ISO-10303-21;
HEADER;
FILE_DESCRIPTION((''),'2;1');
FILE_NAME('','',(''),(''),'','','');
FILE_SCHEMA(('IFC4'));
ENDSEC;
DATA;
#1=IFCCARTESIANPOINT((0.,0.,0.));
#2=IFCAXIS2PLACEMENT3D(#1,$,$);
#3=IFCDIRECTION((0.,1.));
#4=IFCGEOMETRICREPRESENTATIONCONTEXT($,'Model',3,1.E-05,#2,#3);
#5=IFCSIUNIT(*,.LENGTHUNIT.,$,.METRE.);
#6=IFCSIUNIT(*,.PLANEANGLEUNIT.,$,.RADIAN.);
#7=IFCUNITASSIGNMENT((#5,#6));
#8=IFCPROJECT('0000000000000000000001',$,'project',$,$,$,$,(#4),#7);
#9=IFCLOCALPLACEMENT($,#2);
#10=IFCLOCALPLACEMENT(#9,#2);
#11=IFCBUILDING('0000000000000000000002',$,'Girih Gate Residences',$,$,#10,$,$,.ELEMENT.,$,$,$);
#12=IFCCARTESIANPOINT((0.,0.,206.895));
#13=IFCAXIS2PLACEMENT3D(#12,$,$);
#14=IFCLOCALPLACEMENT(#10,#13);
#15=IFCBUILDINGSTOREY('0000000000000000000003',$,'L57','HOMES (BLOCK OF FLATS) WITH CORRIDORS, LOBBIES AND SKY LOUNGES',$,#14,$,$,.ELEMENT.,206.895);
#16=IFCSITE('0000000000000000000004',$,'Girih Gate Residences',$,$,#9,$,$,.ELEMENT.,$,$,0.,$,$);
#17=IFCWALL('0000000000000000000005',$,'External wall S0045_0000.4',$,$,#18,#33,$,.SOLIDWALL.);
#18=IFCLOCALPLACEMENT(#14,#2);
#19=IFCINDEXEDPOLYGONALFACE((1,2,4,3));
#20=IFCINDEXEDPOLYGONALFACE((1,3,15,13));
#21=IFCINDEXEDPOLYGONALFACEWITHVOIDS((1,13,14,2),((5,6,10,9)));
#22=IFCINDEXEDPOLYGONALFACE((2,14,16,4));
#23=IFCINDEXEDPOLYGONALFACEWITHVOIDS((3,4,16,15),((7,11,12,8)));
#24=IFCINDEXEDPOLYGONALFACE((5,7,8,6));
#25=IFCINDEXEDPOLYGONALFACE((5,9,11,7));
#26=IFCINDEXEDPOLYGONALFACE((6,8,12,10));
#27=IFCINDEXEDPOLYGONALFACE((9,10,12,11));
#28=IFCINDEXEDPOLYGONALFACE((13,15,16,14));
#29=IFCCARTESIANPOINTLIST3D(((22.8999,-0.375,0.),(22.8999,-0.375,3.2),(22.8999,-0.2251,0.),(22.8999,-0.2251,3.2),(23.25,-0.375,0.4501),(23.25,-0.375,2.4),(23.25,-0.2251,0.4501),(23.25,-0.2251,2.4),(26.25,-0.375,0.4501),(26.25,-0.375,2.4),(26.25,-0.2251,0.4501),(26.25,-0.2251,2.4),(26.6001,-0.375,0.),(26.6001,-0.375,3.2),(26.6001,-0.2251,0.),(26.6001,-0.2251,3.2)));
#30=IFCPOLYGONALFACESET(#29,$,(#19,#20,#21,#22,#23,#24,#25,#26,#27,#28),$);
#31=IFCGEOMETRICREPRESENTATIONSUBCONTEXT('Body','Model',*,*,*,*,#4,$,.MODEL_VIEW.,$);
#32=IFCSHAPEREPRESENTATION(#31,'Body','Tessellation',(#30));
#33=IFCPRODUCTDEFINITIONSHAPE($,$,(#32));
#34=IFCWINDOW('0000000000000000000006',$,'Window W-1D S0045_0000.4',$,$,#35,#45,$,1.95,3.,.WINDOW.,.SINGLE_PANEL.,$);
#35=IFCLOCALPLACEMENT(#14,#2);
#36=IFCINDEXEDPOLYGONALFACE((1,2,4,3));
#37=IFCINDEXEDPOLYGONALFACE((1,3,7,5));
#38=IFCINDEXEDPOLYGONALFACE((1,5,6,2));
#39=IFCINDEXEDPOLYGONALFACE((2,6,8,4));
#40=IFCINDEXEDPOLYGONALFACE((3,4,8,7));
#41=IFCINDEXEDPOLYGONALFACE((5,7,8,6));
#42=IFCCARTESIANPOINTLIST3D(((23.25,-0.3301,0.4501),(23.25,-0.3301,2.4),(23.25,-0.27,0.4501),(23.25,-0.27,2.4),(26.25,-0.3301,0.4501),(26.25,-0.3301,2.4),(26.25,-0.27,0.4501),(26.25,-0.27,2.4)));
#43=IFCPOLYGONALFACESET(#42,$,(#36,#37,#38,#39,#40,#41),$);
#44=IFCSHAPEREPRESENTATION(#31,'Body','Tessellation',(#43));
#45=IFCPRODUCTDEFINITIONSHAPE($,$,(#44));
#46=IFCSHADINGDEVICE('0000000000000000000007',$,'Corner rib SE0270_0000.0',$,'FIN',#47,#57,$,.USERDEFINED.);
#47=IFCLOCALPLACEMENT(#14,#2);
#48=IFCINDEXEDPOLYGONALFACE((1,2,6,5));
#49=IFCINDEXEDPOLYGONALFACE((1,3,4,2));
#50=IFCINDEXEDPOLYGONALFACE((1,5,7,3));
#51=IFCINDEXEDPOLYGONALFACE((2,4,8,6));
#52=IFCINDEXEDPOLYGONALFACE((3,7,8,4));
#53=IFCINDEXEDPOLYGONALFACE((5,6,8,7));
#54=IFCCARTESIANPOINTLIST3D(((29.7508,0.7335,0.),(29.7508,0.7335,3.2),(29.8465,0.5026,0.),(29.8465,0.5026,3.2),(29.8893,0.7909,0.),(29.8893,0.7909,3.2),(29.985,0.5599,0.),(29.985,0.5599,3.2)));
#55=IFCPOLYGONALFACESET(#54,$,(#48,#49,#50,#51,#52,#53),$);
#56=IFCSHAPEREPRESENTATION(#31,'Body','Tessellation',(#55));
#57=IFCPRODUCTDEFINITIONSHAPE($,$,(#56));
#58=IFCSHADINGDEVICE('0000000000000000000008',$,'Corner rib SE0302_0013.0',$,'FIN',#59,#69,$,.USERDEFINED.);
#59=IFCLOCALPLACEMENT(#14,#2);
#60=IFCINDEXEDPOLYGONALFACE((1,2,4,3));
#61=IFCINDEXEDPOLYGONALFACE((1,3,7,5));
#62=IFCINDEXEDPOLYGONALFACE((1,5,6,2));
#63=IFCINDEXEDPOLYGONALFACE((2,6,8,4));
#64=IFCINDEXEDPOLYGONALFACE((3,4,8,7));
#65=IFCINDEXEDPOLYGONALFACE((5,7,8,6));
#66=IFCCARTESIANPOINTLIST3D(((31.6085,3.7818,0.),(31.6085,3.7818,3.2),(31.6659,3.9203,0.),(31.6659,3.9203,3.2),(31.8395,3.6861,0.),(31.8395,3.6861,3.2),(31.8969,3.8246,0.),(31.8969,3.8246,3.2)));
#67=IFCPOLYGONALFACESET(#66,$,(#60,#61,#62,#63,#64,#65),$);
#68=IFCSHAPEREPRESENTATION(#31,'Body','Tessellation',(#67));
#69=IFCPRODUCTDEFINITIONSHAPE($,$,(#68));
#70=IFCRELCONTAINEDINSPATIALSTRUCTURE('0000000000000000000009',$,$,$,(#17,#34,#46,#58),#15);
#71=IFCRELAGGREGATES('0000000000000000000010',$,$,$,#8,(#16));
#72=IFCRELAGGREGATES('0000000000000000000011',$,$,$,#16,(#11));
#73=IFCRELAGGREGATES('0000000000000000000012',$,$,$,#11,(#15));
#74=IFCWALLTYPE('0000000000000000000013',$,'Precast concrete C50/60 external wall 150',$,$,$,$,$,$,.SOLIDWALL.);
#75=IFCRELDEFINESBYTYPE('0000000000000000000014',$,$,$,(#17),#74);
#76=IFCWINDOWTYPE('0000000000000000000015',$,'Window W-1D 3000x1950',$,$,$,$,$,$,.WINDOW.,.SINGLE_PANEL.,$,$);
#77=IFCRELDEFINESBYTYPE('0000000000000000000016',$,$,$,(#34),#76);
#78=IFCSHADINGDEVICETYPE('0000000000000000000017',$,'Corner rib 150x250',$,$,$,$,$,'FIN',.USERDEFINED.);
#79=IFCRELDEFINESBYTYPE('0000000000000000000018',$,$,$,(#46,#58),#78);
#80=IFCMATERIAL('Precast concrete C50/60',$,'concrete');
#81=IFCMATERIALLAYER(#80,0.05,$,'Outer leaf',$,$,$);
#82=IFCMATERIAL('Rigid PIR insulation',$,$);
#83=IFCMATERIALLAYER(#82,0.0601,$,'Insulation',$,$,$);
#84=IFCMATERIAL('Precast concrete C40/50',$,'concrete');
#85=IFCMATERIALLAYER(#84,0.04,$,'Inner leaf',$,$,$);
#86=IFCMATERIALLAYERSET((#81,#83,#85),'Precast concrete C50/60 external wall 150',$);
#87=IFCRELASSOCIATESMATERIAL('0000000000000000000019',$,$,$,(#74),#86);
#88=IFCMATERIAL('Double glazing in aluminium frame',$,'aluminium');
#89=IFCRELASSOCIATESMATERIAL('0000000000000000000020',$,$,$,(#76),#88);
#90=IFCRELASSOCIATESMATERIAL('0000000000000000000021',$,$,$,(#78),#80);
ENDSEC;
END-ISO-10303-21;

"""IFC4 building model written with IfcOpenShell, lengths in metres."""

from ifc_helpers import new_model, si_unit, direction, frame, frame_2d, origin, origin_2d, place, context, subcontext, project, spatial, rectangle, extrude, material, layer, layer_set, type_object, element, fill, save


model = new_model("IFC4")

# Units and contexts
model_context = context("Model", 3, precision=1e-05, world=origin(), true_north=direction((0.0, 1.0)))
body_context = subcontext(model_context, "Body", "Model", "MODEL_VIEW")
ifc_project = project(units=[si_unit("LENGTHUNIT", "METRE"), si_unit("PLANEANGLEUNIT", "RADIAN")], contexts=[model_context])

# Site, building, storey
site_placement = place(None, origin())
site = spatial("IfcSite", under=ifc_project, at=site_placement, Name="Girih Gate Residences", CompositionType="ELEMENT", RefElevation=0.0)
building_placement = place(site_placement, origin())
building = spatial("IfcBuilding", under=site, at=building_placement, Name="Girih Gate Residences", CompositionType="ELEMENT")
storey_placement = place(building_placement, frame((0.0, 0.0, 206.895)))
storey = spatial("IfcBuildingStorey", under=building, at=storey_placement, Name="L57", Description="HOMES (BLOCK OF FLATS) WITH CORRIDORS, LOBBIES AND SKY LOUNGES", CompositionType="ELEMENT", Elevation=206.895)

# Wall, opening, window
ifc_material_1 = material(Name="Precast concrete C50/60", Category="concrete")
ifc_layer_1 = layer(ifc_material_1, 0.05, Name="Outer leaf")
ifc_material_2 = material(Name="Rigid PIR insulation")
ifc_layer_2 = layer(ifc_material_2, 0.0601, Name="Insulation")
ifc_material_3 = material(Name="Precast concrete C40/50", Category="concrete")
ifc_layer_3 = layer(ifc_material_3, 0.04, Name="Inner leaf")
ifc_layer_set_1 = layer_set([ifc_layer_1, ifc_layer_2, ifc_layer_3], Name="Precast concrete C50/60 external wall 150")
wall_type_1 = type_object("IfcWallType", Name="Precast concrete C50/60 external wall 150", PredefinedType="SOLIDWALL", material=ifc_layer_set_1)
ifc_material_4 = material(Name="Double glazing in aluminium frame", Category="aluminium")
window_type_1 = type_object("IfcWindowType", Name="Window W-1D 3000x1950", PartitioningType="SINGLE_PANEL", PredefinedType="WINDOW", material=ifc_material_4)
wall_1_placement = place(storey_placement, frame((26.6001, -0.3, 0.0), z_axis=(0.0, 0.0, 1.0), x_axis=(-1.0, 0.0, 0.0)))
wall_1 = element("IfcWall", 1, at=wall_1_placement, inside=storey, type_object=wall_type_1, Name="External wall S0045_0000.4", PredefinedType="SOLIDWALL", context=body_context, shape_type="SweptSolid", body=[
    extrude(rectangle(XDim=3.7002, YDim=0.1499, at=frame_2d((1.8501, 0.0))), origin(), (0.0, 0.0, 1.0), 3.2),
])
opening_1_placement = place(wall_1_placement, frame((0.3501, 0.0, 0.45)))
opening_1 = element("IfcOpeningElement", 2, at=opening_1_placement, cuts=wall_1, PredefinedType="OPENING", context=body_context, shape_type="SweptSolid", body=[
    extrude(rectangle(XDim=3.0, YDim=1.95, at=frame_2d((1.5, 0.9751))), frame((0.0, 0.085, 0.0), z_axis=(0.0, -1.0, 0.0), x_axis=(1.0, 0.0, 0.0)), (0.0, 0.0, 1.0), 0.1699),
])
window_1_placement = place(opening_1_placement, origin())
window_1 = element("IfcWindow", 3, at=window_1_placement, inside=storey, type_object=window_type_1, Name="Window W-1D S0045_0000.4", OverallHeight=1.95, OverallWidth=3.0, PartitioningType="SINGLE_PANEL", PredefinedType="WINDOW", context=body_context, shape_type="SweptSolid", body=[
    extrude(rectangle(XDim=3.0, YDim=1.95, at=frame_2d((1.5, 0.9751))), frame((0.0, 0.03, 0.0), z_axis=(0.0, -1.0, 0.0), x_axis=(1.0, 0.0, 0.0)), (0.0, 0.0, 1.0), 0.0601),
])
fill(opening_1, window_1)

# Shading devices
shading_device_type = type_object("IfcShadingDeviceType", Name="Corner rib 150x250", ElementType="FIN", PredefinedType="USERDEFINED", material=ifc_material_1)
for number, where, z_axis, x_axis, name in (
    (4, (29.8679, 0.6467, 0.0), (0.0, 0.0, 1.0), (0.92388, 0.382683, 0.0), "Corner rib SE0270_0000.0"),
    (5, (31.7527, 3.8032, 0.0), (0.0, 0.0, 1.0), (0.382683, 0.92388, 0.0), "Corner rib SE0302_0013.0"),
):
    element("IfcShadingDevice", number, at=place(storey_placement, frame(where, z_axis=z_axis, x_axis=x_axis)), inside=storey, type_object=shading_device_type, Name=name, ObjectType="FIN", PredefinedType="USERDEFINED", context=body_context, shape_type="SweptSolid", body=[
        extrude(rectangle(XDim=0.1499, YDim=0.25, at=origin_2d()), origin(), (0.0, 0.0, 1.0), 3.2),
    ])

save(model, "model.ifc")
